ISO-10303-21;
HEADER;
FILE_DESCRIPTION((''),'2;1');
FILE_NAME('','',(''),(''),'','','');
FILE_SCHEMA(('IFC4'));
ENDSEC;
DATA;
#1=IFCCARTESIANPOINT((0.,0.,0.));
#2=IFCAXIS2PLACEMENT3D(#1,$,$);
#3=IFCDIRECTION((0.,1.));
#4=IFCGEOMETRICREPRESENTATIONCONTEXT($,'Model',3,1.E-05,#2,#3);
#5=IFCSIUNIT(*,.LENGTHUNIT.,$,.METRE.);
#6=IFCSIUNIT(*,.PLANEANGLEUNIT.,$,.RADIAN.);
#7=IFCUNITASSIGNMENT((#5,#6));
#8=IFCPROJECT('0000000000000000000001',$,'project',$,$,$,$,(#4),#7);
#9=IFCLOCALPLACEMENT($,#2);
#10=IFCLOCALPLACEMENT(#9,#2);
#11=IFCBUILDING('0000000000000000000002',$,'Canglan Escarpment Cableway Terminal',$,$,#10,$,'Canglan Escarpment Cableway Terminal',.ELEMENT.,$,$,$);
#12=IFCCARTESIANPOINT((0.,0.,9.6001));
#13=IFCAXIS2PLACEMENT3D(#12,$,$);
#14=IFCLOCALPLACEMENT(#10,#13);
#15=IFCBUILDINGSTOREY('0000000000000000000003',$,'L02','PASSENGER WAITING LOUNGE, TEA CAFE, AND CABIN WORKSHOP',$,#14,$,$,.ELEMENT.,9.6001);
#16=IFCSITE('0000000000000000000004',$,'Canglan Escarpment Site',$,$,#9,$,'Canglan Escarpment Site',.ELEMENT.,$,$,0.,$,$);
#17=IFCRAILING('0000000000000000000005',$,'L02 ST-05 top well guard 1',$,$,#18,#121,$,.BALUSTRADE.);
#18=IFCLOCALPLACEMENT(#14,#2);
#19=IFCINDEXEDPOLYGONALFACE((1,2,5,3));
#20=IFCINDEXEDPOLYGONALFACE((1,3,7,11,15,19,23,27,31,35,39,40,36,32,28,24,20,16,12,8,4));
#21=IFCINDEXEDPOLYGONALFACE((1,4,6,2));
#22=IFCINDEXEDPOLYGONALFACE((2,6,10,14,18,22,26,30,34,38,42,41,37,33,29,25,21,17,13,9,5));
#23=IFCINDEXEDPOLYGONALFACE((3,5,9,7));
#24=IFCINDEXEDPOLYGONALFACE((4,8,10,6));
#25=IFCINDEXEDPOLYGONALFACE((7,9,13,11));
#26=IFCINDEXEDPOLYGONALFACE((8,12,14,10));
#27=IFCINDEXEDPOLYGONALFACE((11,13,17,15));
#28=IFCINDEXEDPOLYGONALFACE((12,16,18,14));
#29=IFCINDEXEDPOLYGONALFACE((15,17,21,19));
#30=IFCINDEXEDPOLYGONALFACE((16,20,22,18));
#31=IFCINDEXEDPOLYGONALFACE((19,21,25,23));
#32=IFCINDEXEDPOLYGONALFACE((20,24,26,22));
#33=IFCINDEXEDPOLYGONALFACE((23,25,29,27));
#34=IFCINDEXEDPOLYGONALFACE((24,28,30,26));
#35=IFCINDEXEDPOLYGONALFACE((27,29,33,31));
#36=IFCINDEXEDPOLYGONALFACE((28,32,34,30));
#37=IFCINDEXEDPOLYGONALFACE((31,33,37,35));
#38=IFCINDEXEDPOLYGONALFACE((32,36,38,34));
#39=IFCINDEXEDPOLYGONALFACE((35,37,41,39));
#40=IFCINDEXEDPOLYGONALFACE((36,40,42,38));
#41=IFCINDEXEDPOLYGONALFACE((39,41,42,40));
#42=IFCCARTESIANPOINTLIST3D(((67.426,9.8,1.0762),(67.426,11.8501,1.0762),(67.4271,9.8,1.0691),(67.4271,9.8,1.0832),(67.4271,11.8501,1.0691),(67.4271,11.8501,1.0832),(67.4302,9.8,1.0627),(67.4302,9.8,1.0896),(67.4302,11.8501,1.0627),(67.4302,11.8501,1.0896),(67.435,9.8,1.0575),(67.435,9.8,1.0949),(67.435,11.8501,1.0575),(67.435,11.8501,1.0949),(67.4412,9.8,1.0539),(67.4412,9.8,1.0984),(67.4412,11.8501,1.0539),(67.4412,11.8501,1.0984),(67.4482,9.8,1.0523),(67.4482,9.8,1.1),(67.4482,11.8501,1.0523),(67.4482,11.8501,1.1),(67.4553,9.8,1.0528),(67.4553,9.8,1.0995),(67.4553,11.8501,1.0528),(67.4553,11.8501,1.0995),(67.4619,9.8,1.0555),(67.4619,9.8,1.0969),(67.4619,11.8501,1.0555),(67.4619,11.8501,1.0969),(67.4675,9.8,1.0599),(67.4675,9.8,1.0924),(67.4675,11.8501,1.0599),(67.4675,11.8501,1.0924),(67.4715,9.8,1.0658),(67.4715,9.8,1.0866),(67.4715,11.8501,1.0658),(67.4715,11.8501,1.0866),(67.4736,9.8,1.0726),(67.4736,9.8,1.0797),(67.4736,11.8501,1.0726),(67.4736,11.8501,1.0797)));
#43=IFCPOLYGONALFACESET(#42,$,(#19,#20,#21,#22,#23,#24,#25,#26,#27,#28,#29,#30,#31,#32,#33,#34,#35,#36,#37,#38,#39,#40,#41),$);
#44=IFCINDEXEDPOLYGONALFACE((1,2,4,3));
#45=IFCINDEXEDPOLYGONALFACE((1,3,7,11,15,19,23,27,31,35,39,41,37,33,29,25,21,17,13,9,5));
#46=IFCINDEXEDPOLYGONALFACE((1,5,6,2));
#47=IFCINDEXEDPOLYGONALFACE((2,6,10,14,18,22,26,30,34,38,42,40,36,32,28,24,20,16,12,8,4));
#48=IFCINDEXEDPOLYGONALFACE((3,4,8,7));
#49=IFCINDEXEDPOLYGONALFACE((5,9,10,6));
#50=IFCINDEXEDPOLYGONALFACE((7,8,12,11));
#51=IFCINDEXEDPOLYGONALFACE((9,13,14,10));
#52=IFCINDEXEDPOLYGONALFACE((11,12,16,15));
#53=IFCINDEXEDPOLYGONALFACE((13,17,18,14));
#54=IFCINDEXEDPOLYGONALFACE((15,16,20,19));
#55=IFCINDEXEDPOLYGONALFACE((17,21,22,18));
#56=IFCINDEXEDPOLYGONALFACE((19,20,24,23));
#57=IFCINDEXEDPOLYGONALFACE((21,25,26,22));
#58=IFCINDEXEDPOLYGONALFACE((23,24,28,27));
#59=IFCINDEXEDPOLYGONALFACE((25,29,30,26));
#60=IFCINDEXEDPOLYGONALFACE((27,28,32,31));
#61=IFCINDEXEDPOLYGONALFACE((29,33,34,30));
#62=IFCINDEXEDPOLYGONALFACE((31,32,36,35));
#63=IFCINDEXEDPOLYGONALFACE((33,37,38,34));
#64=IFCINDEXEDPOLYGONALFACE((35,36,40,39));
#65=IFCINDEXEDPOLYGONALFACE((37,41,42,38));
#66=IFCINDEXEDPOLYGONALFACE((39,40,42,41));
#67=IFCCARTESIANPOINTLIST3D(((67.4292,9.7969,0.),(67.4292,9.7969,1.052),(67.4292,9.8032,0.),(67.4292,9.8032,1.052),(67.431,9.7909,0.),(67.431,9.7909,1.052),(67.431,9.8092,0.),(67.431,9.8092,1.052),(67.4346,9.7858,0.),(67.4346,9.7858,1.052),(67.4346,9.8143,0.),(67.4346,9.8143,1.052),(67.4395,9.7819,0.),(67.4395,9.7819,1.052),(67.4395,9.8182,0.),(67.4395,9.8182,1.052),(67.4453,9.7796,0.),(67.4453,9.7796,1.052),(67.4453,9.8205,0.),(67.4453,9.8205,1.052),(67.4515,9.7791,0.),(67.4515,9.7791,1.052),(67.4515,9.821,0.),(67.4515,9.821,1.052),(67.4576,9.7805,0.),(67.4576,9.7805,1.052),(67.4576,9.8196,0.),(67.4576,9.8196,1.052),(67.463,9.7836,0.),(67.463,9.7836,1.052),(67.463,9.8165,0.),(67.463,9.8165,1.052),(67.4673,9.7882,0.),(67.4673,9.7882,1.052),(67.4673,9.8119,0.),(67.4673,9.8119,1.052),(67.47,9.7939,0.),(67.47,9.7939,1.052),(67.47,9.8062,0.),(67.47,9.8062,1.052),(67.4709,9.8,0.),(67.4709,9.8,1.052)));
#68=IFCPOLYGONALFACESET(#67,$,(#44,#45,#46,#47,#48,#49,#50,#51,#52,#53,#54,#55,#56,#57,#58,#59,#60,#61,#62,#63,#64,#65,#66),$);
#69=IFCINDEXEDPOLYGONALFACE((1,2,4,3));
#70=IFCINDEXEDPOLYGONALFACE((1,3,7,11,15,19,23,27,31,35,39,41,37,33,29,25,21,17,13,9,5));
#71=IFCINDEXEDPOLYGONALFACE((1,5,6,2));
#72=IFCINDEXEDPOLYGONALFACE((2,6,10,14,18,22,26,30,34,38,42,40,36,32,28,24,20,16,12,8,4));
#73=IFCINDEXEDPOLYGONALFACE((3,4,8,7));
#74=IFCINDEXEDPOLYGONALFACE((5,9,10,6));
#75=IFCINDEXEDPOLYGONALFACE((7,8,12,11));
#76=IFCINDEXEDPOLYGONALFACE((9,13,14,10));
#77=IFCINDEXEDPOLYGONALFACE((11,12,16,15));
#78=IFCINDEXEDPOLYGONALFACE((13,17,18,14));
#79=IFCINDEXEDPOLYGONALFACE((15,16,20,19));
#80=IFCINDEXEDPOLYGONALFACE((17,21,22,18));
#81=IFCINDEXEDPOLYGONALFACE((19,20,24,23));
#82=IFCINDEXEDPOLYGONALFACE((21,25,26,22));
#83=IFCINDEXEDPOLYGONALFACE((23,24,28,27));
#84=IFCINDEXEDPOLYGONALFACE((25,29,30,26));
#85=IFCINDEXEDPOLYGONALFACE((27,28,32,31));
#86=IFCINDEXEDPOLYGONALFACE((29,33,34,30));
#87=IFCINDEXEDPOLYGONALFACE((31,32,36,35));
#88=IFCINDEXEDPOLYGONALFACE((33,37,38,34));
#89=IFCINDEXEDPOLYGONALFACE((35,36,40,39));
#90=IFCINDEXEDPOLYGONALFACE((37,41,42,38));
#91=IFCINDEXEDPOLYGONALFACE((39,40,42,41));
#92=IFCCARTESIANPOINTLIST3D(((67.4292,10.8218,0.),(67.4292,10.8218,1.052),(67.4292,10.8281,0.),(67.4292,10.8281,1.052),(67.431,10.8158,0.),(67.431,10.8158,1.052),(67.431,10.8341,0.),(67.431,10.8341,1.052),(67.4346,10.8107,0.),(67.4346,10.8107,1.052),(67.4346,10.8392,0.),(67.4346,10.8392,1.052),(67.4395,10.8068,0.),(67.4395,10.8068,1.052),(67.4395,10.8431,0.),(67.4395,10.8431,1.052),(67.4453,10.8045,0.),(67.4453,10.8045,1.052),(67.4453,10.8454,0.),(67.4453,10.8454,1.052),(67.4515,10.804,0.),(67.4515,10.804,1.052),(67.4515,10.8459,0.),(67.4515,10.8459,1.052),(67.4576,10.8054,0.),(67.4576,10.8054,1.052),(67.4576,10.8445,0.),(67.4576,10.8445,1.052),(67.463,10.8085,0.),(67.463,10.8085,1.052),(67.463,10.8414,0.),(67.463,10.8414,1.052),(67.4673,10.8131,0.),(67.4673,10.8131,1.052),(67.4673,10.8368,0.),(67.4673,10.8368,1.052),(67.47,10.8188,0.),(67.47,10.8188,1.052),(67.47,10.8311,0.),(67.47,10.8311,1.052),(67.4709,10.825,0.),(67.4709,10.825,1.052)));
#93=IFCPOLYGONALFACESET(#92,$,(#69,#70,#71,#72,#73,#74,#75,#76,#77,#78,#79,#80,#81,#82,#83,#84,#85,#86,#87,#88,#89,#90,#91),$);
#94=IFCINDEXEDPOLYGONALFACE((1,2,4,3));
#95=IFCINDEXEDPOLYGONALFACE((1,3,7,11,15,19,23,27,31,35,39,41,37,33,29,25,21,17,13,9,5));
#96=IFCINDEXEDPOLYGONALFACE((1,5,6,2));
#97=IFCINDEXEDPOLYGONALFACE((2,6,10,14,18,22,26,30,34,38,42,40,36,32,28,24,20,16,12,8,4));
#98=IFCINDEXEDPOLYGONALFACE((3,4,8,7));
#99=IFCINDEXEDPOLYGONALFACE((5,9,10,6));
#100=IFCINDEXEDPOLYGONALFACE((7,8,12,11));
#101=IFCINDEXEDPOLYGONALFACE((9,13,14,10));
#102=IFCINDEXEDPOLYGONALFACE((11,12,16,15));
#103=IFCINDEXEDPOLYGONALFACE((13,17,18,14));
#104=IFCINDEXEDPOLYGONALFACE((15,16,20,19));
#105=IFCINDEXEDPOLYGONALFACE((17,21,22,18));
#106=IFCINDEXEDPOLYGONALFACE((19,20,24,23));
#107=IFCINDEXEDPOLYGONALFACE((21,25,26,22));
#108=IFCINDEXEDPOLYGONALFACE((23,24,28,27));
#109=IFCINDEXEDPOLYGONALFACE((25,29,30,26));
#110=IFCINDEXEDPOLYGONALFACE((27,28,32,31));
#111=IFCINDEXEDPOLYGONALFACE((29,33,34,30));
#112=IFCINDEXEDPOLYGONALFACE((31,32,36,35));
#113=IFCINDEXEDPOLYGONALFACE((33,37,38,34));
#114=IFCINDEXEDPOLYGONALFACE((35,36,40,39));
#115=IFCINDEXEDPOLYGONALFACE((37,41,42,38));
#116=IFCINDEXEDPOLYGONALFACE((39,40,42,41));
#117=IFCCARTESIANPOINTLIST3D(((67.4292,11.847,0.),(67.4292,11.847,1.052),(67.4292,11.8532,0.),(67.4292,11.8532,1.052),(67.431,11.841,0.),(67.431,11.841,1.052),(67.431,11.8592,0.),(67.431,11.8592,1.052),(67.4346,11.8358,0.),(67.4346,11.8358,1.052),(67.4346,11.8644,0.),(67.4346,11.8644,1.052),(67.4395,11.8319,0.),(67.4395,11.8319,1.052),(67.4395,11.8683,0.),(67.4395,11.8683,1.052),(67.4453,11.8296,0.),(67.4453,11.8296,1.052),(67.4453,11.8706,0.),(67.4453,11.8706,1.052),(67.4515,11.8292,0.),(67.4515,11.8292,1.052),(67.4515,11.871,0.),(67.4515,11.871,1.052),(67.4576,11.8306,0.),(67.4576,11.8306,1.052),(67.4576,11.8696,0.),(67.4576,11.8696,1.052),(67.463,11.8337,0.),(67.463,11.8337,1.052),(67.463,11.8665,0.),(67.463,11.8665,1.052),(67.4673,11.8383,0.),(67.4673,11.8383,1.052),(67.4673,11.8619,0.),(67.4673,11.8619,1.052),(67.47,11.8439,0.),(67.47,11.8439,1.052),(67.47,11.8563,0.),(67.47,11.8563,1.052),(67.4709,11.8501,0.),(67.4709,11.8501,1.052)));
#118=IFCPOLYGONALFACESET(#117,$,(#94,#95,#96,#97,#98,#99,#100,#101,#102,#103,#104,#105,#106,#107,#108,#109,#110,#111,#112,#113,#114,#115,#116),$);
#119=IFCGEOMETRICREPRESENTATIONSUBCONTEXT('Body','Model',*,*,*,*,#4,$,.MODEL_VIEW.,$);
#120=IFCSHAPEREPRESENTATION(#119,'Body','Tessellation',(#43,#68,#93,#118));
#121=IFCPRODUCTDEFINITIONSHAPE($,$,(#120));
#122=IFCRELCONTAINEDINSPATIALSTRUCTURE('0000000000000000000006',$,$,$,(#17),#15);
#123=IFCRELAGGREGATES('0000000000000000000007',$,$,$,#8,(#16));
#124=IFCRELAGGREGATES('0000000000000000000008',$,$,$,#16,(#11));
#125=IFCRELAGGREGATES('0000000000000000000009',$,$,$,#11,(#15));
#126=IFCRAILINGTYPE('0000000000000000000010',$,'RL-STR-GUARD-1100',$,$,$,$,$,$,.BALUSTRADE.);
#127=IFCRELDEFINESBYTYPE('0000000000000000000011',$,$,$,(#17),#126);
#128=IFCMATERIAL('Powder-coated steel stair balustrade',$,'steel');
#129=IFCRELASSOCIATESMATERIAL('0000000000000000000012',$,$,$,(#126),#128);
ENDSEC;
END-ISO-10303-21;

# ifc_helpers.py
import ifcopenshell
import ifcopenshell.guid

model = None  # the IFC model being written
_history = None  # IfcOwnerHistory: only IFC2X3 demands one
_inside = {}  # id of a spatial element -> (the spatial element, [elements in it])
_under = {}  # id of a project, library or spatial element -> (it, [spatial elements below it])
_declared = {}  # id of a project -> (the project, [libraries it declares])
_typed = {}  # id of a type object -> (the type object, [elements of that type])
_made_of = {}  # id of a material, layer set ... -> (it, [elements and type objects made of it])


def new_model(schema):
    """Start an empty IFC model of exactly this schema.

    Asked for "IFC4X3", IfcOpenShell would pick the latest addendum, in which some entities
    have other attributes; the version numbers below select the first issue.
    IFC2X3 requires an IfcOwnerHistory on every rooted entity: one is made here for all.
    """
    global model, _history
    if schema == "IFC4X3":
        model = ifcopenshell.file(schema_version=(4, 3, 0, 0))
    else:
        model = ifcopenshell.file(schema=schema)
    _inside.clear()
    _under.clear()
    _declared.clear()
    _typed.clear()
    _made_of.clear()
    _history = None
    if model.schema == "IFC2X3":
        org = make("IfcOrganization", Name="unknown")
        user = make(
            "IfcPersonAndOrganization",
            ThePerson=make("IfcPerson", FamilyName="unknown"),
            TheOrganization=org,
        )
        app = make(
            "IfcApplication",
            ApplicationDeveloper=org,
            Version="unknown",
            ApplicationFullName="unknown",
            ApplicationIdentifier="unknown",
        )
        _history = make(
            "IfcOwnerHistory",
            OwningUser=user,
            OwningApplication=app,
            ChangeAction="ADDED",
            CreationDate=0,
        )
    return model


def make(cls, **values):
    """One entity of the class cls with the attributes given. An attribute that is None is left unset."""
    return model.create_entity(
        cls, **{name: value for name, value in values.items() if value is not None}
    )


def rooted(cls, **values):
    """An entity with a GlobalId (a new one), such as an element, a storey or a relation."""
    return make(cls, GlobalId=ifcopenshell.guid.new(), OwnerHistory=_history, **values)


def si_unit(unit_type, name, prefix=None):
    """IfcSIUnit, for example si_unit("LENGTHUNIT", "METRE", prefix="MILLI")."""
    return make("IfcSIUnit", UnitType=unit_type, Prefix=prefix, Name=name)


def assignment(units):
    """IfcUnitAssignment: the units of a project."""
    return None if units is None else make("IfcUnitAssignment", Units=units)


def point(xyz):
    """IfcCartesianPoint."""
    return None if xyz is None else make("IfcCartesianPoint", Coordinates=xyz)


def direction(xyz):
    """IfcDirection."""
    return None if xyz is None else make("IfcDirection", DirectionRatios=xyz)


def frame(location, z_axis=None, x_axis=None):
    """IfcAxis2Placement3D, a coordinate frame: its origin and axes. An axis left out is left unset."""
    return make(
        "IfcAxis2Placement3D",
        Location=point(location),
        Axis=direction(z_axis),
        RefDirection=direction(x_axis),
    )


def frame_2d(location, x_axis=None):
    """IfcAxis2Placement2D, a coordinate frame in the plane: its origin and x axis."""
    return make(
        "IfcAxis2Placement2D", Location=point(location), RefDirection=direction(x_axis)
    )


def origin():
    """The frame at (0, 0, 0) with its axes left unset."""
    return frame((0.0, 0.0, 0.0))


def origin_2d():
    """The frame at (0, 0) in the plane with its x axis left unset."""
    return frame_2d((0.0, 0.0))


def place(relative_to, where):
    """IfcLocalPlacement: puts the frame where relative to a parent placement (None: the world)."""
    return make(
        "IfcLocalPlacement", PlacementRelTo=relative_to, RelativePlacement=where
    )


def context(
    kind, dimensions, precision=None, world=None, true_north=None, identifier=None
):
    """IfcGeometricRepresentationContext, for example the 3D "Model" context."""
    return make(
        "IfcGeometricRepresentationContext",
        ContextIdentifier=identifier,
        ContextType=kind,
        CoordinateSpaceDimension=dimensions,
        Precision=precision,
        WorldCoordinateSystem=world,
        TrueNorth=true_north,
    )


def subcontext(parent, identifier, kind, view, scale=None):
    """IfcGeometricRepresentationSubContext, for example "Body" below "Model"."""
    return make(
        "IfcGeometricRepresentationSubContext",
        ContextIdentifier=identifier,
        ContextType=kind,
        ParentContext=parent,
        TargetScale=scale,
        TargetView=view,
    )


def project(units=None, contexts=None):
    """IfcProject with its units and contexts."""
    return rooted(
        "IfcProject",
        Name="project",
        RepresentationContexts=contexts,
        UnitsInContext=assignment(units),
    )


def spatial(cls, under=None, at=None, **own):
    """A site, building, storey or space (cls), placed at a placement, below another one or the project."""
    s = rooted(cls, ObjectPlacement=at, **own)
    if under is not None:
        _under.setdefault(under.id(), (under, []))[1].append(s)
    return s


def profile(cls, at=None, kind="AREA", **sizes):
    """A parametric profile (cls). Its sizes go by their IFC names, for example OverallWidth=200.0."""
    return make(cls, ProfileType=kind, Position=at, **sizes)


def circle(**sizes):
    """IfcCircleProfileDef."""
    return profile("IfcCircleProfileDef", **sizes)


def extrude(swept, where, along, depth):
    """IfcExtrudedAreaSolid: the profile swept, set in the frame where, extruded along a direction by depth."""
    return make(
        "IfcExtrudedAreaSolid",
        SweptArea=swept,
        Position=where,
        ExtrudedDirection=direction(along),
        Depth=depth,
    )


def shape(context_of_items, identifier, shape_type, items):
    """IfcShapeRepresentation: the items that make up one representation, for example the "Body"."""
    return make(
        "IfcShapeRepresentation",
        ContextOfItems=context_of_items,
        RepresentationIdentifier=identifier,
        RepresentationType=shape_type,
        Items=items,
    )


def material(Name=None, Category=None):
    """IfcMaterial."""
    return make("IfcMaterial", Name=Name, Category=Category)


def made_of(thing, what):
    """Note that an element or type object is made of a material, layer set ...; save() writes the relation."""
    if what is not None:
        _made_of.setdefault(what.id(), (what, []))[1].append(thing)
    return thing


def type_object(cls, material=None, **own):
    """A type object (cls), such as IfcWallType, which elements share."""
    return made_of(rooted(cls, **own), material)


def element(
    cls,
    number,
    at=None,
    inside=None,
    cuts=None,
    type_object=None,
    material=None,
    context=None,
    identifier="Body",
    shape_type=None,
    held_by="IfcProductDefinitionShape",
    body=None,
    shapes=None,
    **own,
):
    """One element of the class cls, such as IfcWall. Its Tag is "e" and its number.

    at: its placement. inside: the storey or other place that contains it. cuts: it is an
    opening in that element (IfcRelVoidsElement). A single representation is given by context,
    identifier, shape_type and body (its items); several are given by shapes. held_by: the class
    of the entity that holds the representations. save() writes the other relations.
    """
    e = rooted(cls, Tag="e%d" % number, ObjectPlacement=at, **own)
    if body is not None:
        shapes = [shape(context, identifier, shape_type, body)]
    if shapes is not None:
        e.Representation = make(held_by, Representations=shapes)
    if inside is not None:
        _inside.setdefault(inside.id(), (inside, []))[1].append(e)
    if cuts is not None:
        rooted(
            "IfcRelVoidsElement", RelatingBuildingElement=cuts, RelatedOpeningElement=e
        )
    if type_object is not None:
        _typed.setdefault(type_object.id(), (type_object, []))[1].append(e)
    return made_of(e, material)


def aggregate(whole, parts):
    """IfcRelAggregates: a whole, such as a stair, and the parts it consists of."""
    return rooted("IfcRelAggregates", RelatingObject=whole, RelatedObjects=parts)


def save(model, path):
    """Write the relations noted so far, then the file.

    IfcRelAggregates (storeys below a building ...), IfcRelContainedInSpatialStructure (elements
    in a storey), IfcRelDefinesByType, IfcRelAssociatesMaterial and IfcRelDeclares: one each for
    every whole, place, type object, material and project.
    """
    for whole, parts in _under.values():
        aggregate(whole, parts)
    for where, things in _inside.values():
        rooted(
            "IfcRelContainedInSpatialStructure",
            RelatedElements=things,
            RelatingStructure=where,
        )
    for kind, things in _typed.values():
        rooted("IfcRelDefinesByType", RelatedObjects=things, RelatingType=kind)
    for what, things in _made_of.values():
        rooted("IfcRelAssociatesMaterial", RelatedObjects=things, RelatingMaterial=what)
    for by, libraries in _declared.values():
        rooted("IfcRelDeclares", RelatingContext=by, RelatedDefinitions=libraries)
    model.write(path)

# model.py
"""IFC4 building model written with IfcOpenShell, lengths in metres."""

from ifc_helpers import new_model, si_unit, direction, frame, origin, origin_2d, place, context, subcontext, project, spatial, circle, extrude, material, type_object, element, save


model = new_model("IFC4")

# Units and contexts
model_context = context("Model", 3, precision=1e-05, world=origin(), true_north=direction((0.0, 1.0)))
body_context = subcontext(model_context, "Body", "Model", "MODEL_VIEW")
ifc_project = project(units=[si_unit("LENGTHUNIT", "METRE"), si_unit("PLANEANGLEUNIT", "RADIAN")], contexts=[model_context])

# Site, building, storey
site_placement = place(None, origin())
site = spatial("IfcSite", under=ifc_project, at=site_placement, Name="Canglan Escarpment Site", LongName="Canglan Escarpment Site", CompositionType="ELEMENT", RefElevation=0.0)
building_placement = place(site_placement, origin())
building = spatial("IfcBuilding", under=site, at=building_placement, Name="Canglan Escarpment Cableway Terminal", LongName="Canglan Escarpment Cableway Terminal", CompositionType="ELEMENT")
storey_placement = place(building_placement, frame((0.0, 0.0, 9.6001)))
storey = spatial("IfcBuildingStorey", under=building, at=storey_placement, Name="L02", Description="PASSENGER WAITING LOUNGE, TEA CAFE, AND CABIN WORKSHOP", CompositionType="ELEMENT", Elevation=9.6001)

# Railing
ifc_material_1 = material(Name="Powder-coated steel stair balustrade", Category="steel")
railing_type = type_object("IfcRailingType", Name="RL-STR-GUARD-1100", PredefinedType="BALUSTRADE", material=ifc_material_1)
railing_placement = place(storey_placement, frame((67.45, 9.8, 0.0)))
element("IfcRailing", 1, at=railing_placement, inside=storey, type_object=railing_type, Name="L02 ST-05 top well guard 1", PredefinedType="BALUSTRADE", context=body_context, shape_type="SweptSolid", body=[
    extrude(circle(Radius=0.0239, at=origin_2d()), frame((0.0, 0.0, 1.0762), z_axis=(0.0, 1.0, 0.0), x_axis=(-1.0, 0.0, 0.0)), (0.0, 0.0, 1.0), 2.05),
    extrude(circle(Radius=0.021, at=origin_2d()), origin(), (0.0, 0.0, 1.0), 1.052),
    extrude(circle(Radius=0.021, at=origin_2d()), frame((0.0, 1.0249, 0.0)), (0.0, 0.0, 1.0), 1.052),
    extrude(circle(Radius=0.021, at=origin_2d()), frame((0.0, 2.05, 0.0)), (0.0, 0.0, 1.0), 1.052),
])

save(model, "model.ifc")
